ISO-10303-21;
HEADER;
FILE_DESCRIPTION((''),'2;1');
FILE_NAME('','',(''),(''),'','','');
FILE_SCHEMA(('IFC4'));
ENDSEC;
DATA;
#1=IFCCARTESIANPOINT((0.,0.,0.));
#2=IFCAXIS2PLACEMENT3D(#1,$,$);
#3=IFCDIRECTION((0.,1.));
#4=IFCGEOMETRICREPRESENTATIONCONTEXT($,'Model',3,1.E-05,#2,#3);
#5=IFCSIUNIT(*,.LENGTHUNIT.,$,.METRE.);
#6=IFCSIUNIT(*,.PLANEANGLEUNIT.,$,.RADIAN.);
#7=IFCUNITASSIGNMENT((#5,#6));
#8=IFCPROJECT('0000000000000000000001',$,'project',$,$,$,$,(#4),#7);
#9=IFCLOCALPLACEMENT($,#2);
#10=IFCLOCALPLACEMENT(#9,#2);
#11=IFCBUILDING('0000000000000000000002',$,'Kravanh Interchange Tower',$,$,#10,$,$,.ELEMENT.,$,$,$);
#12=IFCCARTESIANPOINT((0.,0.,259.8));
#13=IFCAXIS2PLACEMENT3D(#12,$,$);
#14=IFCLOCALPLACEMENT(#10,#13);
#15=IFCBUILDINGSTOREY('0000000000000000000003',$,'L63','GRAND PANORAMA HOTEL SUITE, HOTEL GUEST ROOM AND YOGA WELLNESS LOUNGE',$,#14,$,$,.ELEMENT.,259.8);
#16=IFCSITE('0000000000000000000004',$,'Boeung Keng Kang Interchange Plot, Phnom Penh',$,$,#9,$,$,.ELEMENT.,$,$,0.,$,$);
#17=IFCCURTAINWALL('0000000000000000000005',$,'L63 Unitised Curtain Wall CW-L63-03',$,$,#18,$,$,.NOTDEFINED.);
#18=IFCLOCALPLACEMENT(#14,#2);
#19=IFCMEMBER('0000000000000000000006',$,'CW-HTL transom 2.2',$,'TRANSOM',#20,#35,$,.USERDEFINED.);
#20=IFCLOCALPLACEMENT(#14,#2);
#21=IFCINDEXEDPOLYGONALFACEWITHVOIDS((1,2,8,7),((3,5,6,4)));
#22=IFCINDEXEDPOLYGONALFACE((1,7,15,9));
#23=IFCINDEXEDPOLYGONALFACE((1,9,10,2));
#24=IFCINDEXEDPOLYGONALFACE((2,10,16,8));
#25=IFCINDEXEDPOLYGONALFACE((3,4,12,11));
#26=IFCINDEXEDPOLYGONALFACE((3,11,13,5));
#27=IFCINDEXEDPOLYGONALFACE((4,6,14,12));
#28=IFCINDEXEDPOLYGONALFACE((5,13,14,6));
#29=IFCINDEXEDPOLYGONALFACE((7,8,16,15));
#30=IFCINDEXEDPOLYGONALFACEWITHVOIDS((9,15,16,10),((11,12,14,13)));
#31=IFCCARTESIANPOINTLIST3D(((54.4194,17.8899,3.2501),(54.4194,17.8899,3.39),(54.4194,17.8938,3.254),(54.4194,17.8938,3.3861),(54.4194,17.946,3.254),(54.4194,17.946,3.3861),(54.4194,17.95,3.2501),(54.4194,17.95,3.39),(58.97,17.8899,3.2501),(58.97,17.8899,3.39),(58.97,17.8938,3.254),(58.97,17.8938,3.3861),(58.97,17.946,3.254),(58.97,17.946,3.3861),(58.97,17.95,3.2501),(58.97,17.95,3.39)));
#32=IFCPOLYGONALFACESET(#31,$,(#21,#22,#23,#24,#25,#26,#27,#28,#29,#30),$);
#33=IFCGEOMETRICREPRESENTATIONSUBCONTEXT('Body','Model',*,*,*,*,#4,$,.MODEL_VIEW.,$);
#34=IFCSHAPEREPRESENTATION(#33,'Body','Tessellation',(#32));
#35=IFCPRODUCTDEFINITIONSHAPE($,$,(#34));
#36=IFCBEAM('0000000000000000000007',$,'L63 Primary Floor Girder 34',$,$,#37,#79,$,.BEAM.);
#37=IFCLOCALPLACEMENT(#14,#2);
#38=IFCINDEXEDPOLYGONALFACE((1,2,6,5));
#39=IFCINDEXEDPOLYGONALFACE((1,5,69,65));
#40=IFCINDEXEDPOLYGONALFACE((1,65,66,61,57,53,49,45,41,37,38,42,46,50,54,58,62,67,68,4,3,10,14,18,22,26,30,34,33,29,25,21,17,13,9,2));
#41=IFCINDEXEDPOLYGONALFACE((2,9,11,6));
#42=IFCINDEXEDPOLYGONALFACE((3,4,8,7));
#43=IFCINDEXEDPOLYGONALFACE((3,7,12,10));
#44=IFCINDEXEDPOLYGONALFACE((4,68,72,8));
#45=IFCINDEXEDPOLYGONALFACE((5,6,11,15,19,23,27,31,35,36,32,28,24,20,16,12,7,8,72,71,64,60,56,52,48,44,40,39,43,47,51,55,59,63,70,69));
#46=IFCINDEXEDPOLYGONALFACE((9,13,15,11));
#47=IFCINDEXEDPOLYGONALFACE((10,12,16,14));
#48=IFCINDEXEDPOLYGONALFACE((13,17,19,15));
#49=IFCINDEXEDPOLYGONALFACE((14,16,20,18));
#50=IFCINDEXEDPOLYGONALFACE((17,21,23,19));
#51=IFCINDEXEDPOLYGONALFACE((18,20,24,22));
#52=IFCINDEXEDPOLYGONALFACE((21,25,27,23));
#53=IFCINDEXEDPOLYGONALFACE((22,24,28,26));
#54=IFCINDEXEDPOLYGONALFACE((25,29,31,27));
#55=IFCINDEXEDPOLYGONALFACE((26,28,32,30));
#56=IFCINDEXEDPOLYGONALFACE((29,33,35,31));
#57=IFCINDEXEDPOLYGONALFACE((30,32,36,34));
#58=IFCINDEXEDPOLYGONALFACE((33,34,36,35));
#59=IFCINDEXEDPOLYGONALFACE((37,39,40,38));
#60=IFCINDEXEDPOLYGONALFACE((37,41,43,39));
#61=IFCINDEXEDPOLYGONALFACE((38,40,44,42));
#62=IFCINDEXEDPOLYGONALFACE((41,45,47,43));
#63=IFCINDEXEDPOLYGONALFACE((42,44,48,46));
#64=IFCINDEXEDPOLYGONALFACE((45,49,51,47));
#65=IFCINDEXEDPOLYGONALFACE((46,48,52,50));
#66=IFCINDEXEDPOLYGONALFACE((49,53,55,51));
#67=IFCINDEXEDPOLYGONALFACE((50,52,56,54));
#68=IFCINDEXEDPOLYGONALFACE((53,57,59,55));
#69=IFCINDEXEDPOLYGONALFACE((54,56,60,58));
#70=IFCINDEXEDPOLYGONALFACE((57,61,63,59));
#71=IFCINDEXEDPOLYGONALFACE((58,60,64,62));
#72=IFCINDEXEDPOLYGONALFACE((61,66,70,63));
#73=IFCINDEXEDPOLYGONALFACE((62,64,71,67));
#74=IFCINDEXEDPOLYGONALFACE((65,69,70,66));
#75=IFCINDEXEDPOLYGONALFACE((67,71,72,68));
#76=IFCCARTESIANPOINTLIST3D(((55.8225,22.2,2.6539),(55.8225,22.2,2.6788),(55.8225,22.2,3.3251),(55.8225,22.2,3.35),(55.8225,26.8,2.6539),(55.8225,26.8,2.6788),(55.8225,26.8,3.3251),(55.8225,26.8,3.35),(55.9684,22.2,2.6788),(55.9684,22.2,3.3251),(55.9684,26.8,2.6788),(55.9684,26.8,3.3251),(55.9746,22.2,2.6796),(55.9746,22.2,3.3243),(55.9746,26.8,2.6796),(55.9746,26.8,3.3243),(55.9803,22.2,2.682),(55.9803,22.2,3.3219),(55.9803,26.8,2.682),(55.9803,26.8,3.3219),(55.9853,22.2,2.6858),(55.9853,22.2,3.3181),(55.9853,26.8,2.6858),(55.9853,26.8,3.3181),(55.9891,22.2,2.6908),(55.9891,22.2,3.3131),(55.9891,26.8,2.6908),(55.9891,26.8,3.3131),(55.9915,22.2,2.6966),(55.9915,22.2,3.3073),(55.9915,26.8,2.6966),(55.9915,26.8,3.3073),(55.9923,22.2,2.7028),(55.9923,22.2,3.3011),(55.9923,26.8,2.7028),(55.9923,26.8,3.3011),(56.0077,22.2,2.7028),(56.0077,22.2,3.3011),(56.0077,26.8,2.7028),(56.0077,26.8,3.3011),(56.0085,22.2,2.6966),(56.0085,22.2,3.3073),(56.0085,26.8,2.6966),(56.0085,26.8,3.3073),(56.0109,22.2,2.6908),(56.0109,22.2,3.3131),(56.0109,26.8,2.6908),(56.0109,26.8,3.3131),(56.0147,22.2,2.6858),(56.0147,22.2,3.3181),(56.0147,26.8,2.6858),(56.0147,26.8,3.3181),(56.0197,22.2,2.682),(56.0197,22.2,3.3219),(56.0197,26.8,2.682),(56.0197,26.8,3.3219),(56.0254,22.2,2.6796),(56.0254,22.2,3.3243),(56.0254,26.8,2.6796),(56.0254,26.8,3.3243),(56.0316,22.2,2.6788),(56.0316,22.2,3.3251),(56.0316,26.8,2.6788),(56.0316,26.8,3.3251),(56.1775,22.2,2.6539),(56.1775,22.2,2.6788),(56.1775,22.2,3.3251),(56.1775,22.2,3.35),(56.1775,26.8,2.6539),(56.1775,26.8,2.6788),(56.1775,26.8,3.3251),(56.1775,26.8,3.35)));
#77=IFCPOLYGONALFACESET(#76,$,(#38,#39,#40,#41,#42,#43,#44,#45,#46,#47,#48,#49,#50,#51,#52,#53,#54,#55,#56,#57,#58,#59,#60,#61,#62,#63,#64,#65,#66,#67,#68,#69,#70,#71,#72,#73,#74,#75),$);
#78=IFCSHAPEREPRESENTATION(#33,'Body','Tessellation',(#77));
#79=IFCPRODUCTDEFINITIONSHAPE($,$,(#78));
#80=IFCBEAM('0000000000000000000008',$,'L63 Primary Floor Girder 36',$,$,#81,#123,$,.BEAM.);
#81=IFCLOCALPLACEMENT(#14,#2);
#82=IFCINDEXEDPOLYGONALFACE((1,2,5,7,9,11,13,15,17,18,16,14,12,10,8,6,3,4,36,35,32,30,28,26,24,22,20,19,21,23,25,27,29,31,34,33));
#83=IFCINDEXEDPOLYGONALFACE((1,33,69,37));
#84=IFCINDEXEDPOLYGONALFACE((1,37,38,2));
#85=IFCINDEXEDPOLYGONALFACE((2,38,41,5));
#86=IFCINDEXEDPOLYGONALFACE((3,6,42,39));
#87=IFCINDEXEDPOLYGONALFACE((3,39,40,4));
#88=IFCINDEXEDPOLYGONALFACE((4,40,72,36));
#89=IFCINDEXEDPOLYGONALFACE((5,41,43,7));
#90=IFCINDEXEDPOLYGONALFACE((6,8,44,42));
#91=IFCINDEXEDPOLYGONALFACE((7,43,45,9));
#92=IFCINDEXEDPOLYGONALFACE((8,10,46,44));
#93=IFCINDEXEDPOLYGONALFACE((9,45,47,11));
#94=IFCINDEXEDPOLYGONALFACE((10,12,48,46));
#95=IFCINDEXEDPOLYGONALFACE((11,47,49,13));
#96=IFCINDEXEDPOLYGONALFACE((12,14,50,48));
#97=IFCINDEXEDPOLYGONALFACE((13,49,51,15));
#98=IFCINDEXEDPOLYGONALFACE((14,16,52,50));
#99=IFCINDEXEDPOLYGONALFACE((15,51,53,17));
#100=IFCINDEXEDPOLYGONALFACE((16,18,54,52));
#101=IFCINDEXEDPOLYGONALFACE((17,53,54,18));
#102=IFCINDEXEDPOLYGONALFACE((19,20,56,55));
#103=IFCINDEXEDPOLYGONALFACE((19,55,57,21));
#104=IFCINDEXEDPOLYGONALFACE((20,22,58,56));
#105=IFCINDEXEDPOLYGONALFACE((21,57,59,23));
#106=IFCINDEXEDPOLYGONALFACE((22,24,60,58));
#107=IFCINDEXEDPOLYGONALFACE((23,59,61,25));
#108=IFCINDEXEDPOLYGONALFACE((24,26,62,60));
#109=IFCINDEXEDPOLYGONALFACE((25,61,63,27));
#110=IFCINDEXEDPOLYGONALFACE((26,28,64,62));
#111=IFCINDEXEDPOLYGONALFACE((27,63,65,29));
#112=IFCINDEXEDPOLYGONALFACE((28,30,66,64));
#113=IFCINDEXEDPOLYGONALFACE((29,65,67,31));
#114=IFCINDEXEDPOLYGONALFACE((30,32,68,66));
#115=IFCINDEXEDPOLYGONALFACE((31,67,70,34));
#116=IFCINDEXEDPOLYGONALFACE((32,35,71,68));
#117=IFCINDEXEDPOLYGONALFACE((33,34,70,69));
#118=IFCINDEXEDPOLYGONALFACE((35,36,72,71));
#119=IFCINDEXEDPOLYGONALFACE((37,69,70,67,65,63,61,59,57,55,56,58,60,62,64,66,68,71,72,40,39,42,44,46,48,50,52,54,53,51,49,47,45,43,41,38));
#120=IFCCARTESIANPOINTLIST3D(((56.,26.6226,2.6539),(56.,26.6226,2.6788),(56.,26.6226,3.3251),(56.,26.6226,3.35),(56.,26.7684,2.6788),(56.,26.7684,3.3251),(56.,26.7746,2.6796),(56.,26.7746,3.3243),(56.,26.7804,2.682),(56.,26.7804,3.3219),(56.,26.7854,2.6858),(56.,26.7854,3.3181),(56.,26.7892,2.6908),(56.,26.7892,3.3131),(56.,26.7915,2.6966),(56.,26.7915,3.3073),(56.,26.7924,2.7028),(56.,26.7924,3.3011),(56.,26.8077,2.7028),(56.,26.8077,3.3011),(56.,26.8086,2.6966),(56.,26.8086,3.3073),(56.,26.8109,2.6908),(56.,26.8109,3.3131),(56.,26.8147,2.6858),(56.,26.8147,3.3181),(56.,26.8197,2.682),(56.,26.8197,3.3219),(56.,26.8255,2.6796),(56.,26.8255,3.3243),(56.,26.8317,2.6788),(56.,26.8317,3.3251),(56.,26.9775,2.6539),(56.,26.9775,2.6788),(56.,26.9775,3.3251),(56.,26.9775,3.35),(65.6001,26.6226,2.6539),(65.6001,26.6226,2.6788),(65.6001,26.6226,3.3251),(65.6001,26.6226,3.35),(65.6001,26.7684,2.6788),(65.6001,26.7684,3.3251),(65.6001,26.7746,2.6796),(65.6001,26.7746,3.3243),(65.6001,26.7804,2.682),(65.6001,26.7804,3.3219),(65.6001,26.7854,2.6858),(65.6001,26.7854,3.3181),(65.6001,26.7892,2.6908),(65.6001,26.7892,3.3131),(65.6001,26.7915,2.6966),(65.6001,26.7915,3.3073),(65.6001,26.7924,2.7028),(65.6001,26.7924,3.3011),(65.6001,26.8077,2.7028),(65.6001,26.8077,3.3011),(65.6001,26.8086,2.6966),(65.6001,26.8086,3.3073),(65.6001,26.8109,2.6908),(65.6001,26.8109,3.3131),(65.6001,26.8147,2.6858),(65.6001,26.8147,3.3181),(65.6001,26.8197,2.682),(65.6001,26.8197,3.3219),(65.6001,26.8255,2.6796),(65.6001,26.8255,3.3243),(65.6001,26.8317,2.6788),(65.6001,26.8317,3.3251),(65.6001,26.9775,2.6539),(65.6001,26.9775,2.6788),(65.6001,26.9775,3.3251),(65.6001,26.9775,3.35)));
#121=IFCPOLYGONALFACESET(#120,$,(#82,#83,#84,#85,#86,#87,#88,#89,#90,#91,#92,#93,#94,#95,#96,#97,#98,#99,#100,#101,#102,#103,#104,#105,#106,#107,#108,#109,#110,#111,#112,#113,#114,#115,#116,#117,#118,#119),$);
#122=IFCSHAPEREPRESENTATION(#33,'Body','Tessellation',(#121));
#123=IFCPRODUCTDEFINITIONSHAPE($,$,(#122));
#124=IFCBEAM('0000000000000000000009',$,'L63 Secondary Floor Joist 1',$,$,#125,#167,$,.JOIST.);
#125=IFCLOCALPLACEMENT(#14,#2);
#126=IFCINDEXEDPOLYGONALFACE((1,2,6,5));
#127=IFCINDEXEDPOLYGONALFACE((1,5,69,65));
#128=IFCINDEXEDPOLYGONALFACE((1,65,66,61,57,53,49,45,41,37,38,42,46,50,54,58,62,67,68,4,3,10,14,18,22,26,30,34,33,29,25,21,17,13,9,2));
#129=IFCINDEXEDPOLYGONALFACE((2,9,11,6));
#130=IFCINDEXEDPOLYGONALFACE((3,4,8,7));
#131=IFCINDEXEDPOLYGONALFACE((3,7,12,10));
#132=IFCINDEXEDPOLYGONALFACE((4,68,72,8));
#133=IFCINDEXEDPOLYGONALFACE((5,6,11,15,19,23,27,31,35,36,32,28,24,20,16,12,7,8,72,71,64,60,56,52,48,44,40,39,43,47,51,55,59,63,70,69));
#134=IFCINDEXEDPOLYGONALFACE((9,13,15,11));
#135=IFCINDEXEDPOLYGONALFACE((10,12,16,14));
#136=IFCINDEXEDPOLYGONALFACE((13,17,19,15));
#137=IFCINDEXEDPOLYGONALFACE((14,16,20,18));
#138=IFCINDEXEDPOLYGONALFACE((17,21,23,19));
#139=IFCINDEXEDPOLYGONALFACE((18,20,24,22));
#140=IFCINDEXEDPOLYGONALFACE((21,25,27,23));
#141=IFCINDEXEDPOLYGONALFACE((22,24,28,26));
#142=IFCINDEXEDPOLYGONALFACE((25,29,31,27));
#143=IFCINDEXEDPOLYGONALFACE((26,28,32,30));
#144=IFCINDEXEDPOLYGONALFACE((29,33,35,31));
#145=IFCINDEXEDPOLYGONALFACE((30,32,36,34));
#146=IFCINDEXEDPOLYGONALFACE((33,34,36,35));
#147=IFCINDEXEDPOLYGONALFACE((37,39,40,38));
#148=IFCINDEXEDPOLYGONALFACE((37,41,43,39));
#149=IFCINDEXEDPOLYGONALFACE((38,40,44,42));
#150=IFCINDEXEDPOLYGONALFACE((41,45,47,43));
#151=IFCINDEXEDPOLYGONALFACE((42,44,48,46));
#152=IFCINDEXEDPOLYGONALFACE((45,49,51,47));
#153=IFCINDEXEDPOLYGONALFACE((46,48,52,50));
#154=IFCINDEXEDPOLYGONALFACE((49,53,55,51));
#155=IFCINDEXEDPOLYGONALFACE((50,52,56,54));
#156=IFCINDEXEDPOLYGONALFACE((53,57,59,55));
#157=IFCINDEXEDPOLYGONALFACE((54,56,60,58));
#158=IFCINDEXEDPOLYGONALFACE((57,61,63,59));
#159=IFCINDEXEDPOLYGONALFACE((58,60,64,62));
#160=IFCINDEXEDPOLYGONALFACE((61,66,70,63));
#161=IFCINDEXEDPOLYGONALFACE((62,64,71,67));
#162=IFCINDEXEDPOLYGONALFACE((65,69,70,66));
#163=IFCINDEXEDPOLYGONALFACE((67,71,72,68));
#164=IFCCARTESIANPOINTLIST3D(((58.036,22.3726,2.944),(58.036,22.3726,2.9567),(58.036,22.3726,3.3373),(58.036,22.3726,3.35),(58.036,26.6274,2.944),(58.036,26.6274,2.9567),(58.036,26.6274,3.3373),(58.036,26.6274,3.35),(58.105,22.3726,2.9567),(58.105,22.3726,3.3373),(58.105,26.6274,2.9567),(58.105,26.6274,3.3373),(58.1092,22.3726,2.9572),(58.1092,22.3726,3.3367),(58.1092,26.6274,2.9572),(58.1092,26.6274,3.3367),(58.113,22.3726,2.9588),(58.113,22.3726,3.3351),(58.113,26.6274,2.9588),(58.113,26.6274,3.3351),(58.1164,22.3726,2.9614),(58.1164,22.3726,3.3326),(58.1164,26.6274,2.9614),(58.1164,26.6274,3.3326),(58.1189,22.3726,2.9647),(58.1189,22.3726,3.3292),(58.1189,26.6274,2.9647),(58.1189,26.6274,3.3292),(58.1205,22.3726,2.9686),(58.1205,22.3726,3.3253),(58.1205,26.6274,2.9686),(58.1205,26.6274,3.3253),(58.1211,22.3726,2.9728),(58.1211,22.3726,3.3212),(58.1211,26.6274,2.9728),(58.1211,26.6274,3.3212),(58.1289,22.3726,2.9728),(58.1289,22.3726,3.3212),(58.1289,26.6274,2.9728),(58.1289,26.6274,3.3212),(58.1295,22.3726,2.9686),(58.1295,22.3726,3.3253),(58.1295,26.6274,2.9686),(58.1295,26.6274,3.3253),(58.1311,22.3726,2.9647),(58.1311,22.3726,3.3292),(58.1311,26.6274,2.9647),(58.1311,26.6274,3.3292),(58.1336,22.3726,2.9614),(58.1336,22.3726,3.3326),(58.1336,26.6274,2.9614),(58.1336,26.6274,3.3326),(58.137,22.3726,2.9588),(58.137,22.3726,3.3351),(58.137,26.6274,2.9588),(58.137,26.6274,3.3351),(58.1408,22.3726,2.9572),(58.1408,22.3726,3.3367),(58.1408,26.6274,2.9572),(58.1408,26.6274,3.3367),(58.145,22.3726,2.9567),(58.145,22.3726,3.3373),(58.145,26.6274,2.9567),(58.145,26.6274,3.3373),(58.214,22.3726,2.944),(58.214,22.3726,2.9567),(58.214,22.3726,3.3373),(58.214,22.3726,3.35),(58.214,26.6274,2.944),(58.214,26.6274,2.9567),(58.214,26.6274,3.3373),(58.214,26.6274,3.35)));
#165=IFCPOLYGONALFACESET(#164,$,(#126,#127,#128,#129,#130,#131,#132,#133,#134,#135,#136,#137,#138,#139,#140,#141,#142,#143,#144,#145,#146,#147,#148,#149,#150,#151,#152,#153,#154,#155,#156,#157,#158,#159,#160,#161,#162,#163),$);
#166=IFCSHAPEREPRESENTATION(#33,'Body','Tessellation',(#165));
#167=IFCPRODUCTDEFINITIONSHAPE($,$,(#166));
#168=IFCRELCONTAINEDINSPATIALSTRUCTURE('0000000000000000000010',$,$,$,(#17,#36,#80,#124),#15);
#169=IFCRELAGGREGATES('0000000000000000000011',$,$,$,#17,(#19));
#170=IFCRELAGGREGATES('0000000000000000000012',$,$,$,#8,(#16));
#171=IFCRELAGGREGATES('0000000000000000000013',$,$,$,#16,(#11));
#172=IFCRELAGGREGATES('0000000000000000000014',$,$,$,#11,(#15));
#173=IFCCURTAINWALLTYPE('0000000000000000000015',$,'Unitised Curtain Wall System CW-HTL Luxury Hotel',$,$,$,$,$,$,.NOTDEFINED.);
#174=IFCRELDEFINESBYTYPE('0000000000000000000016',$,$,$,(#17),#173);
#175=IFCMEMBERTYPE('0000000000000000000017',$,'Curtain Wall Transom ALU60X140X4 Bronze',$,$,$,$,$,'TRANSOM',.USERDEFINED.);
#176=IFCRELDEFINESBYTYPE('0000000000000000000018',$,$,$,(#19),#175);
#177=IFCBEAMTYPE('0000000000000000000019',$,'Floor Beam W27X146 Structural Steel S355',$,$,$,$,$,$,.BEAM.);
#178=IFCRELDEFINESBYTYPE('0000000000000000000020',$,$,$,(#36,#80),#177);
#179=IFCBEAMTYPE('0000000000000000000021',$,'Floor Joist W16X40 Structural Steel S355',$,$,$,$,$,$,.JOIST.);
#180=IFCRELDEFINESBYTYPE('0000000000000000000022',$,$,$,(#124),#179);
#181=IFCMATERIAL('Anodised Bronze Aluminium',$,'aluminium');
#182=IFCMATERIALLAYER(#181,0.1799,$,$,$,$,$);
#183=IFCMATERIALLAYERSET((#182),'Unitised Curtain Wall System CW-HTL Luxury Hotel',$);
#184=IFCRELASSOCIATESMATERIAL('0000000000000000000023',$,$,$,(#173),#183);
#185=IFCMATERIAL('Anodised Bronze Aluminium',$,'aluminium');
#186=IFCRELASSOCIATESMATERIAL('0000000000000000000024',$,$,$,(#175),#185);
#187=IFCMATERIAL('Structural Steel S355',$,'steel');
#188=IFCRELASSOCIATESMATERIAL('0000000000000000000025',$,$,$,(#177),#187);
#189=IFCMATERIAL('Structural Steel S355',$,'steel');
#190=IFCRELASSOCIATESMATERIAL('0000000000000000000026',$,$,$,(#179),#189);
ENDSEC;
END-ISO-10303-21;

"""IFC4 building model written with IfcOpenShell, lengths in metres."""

from ifc_helpers import new_model, si_unit, direction, frame, origin, origin_2d, place, context, subcontext, project, spatial, hollow_rectangle, i_section, extrude, material, layer, layer_set, material_profile, profile_set, type_object, element, aggregate, save


model = new_model("IFC4")

# Units and contexts
model_context = context("Model", 3, precision=1e-05, world=origin(), true_north=direction((0.0, 1.0)))
body_context = subcontext(model_context, "Body", "Model", "MODEL_VIEW")
ifc_project = project(units=[si_unit("LENGTHUNIT", "METRE"), si_unit("PLANEANGLEUNIT", "RADIAN")], contexts=[model_context])

# Site, building, storey
site_placement = place(None, origin())
site = spatial("IfcSite", under=ifc_project, at=site_placement, Name="Boeung Keng Kang Interchange Plot, Phnom Penh", CompositionType="ELEMENT", RefElevation=0.0)
building_placement = place(site_placement, origin())
building = spatial("IfcBuilding", under=site, at=building_placement, Name="Kravanh Interchange Tower", CompositionType="ELEMENT")
storey_placement = place(building_placement, frame((0.0, 0.0, 259.8)))
storey = spatial("IfcBuildingStorey", under=building, at=storey_placement, Name="L63", Description="GRAND PANORAMA HOTEL SUITE, HOTEL GUEST ROOM AND YOGA WELLNESS LOUNGE", CompositionType="ELEMENT", Elevation=259.8)

# Curtain wall
ifc_material_1 = material(Name="Anodised Bronze Aluminium", Category="aluminium")
ifc_layer_1 = layer(ifc_material_1, 0.1799)
ifc_layer_set_1 = layer_set([ifc_layer_1], Name="Unitised Curtain Wall System CW-HTL Luxury Hotel")
curtain_wall_type = type_object("IfcCurtainWallType", Name="Unitised Curtain Wall System CW-HTL Luxury Hotel", PredefinedType="NOTDEFINED", material=ifc_layer_set_1)
curtain_wall_1_placement = place(storey_placement, origin())
curtain_wall_1 = element("IfcCurtainWall", 1, at=curtain_wall_1_placement, inside=storey, type_object=curtain_wall_type, Name="L63 Unitised Curtain Wall CW-L63-03", PredefinedType="NOTDEFINED")

# Member
ifc_material_2 = material(Name="Anodised Bronze Aluminium", Category="aluminium")
ifc_material_profile_1 = material_profile(ifc_material_2, hollow_rectangle(XDim=0.0601, YDim=0.1399, WallThickness=0.0039, at=origin_2d()), Name="ALU60X140X4")
ifc_profile_set_1 = profile_set([ifc_material_profile_1], Name="Anodised Bronze Aluminium")
member_type_1 = type_object("IfcMemberType", Name="Curtain Wall Transom ALU60X140X4 Bronze", ElementType="TRANSOM", PredefinedType="USERDEFINED", material=ifc_profile_set_1)
member_1_placement = place(storey_placement, frame((58.97, 17.9199, 3.3201), z_axis=(-1.0, 0.0, 0.0), x_axis=(0.0, -1.0, 0.0)))
member_1 = element("IfcMember", 2, at=member_1_placement, type_object=member_type_1, Name="CW-HTL transom 2.2", ObjectType="TRANSOM", PredefinedType="USERDEFINED", context=body_context, shape_type="SweptSolid", body=[
    extrude(hollow_rectangle(XDim=0.0601, YDim=0.1399, WallThickness=0.0039, at=origin_2d()), origin(), (0.0, 0.0, 1.0), 4.5505),
])

# Beams
ifc_material_3 = material(Name="Structural Steel S355", Category="steel")
ifc_material_profile_2 = material_profile(ifc_material_3, i_section(OverallWidth=0.355, OverallDepth=0.696, WebThickness=0.0154, FlangeThickness=0.0249, FilletRadius=0.0239, at=origin_2d()), Name="W27X146")
ifc_profile_set_2 = profile_set([ifc_material_profile_2], Name="Structural Steel S355")
beam_type_1 = type_object("IfcBeamType", Name="Floor Beam W27X146 Structural Steel S355", PredefinedType="BEAM", material=ifc_profile_set_2)
beam_1_placement = place(storey_placement, frame((56.0, 26.8, 3.002), z_axis=(0.0, -1.0, 0.0), x_axis=(1.0, 0.0, 0.0)))
element("IfcBeam", 3, at=beam_1_placement, inside=storey, type_object=beam_type_1, Name="L63 Primary Floor Girder 34", PredefinedType="BEAM", context=body_context, shape_type="SweptSolid", body=[
    extrude(i_section(OverallWidth=0.355, OverallDepth=0.696, WebThickness=0.0154, FlangeThickness=0.0249, FilletRadius=0.0239, at=origin_2d()), origin(), (0.0, 0.0, 1.0), 4.6001),
])
beam_2_placement = place(storey_placement, frame((56.0, 26.8, 3.002), z_axis=(1.0, 0.0, 0.0), x_axis=(0.0, 1.0, 0.0)))
element("IfcBeam", 4, at=beam_2_placement, inside=storey, type_object=beam_type_1, Name="L63 Primary Floor Girder 36", PredefinedType="BEAM", context=body_context, shape_type="SweptSolid", body=[
    extrude(i_section(OverallWidth=0.355, OverallDepth=0.696, WebThickness=0.0154, FlangeThickness=0.0249, FilletRadius=0.0239, at=origin_2d()), origin(), (0.0, 0.0, 1.0), 9.6001),
])
ifc_material_4 = material(Name="Structural Steel S355", Category="steel")
ifc_material_profile_3 = material_profile(ifc_material_4, i_section(OverallWidth=0.178, OverallDepth=0.406, WebThickness=0.0078, FlangeThickness=0.0127, FilletRadius=0.0161, at=origin_2d()), Name="W16X40")
ifc_profile_set_3 = profile_set([ifc_material_profile_3], Name="Structural Steel S355")
beam_type_2 = type_object("IfcBeamType", Name="Floor Joist W16X40 Structural Steel S355", PredefinedType="JOIST", material=ifc_profile_set_3)
for number, where, z_axis, x_axis, name in (
    (5, (58.125, 22.3726, 3.147), (0.0, 1.0, 0.0), (-1.0, 0.0, 0.0), "L63 Secondary Floor Joist 1"),
):
    element("IfcBeam", number, at=place(storey_placement, frame(where, z_axis=z_axis, x_axis=x_axis)), inside=storey, type_object=beam_type_2, Name=name, PredefinedType="JOIST", context=body_context, shape_type="SweptSolid", body=[
        extrude(i_section(OverallWidth=0.178, OverallDepth=0.406, WebThickness=0.0078, FlangeThickness=0.0127, FilletRadius=0.0161, at=origin_2d()), origin(), (0.0, 0.0, 1.0), 4.2549),
    ])

aggregate(curtain_wall_1, [member_1])

save(model, "model.ifc")
